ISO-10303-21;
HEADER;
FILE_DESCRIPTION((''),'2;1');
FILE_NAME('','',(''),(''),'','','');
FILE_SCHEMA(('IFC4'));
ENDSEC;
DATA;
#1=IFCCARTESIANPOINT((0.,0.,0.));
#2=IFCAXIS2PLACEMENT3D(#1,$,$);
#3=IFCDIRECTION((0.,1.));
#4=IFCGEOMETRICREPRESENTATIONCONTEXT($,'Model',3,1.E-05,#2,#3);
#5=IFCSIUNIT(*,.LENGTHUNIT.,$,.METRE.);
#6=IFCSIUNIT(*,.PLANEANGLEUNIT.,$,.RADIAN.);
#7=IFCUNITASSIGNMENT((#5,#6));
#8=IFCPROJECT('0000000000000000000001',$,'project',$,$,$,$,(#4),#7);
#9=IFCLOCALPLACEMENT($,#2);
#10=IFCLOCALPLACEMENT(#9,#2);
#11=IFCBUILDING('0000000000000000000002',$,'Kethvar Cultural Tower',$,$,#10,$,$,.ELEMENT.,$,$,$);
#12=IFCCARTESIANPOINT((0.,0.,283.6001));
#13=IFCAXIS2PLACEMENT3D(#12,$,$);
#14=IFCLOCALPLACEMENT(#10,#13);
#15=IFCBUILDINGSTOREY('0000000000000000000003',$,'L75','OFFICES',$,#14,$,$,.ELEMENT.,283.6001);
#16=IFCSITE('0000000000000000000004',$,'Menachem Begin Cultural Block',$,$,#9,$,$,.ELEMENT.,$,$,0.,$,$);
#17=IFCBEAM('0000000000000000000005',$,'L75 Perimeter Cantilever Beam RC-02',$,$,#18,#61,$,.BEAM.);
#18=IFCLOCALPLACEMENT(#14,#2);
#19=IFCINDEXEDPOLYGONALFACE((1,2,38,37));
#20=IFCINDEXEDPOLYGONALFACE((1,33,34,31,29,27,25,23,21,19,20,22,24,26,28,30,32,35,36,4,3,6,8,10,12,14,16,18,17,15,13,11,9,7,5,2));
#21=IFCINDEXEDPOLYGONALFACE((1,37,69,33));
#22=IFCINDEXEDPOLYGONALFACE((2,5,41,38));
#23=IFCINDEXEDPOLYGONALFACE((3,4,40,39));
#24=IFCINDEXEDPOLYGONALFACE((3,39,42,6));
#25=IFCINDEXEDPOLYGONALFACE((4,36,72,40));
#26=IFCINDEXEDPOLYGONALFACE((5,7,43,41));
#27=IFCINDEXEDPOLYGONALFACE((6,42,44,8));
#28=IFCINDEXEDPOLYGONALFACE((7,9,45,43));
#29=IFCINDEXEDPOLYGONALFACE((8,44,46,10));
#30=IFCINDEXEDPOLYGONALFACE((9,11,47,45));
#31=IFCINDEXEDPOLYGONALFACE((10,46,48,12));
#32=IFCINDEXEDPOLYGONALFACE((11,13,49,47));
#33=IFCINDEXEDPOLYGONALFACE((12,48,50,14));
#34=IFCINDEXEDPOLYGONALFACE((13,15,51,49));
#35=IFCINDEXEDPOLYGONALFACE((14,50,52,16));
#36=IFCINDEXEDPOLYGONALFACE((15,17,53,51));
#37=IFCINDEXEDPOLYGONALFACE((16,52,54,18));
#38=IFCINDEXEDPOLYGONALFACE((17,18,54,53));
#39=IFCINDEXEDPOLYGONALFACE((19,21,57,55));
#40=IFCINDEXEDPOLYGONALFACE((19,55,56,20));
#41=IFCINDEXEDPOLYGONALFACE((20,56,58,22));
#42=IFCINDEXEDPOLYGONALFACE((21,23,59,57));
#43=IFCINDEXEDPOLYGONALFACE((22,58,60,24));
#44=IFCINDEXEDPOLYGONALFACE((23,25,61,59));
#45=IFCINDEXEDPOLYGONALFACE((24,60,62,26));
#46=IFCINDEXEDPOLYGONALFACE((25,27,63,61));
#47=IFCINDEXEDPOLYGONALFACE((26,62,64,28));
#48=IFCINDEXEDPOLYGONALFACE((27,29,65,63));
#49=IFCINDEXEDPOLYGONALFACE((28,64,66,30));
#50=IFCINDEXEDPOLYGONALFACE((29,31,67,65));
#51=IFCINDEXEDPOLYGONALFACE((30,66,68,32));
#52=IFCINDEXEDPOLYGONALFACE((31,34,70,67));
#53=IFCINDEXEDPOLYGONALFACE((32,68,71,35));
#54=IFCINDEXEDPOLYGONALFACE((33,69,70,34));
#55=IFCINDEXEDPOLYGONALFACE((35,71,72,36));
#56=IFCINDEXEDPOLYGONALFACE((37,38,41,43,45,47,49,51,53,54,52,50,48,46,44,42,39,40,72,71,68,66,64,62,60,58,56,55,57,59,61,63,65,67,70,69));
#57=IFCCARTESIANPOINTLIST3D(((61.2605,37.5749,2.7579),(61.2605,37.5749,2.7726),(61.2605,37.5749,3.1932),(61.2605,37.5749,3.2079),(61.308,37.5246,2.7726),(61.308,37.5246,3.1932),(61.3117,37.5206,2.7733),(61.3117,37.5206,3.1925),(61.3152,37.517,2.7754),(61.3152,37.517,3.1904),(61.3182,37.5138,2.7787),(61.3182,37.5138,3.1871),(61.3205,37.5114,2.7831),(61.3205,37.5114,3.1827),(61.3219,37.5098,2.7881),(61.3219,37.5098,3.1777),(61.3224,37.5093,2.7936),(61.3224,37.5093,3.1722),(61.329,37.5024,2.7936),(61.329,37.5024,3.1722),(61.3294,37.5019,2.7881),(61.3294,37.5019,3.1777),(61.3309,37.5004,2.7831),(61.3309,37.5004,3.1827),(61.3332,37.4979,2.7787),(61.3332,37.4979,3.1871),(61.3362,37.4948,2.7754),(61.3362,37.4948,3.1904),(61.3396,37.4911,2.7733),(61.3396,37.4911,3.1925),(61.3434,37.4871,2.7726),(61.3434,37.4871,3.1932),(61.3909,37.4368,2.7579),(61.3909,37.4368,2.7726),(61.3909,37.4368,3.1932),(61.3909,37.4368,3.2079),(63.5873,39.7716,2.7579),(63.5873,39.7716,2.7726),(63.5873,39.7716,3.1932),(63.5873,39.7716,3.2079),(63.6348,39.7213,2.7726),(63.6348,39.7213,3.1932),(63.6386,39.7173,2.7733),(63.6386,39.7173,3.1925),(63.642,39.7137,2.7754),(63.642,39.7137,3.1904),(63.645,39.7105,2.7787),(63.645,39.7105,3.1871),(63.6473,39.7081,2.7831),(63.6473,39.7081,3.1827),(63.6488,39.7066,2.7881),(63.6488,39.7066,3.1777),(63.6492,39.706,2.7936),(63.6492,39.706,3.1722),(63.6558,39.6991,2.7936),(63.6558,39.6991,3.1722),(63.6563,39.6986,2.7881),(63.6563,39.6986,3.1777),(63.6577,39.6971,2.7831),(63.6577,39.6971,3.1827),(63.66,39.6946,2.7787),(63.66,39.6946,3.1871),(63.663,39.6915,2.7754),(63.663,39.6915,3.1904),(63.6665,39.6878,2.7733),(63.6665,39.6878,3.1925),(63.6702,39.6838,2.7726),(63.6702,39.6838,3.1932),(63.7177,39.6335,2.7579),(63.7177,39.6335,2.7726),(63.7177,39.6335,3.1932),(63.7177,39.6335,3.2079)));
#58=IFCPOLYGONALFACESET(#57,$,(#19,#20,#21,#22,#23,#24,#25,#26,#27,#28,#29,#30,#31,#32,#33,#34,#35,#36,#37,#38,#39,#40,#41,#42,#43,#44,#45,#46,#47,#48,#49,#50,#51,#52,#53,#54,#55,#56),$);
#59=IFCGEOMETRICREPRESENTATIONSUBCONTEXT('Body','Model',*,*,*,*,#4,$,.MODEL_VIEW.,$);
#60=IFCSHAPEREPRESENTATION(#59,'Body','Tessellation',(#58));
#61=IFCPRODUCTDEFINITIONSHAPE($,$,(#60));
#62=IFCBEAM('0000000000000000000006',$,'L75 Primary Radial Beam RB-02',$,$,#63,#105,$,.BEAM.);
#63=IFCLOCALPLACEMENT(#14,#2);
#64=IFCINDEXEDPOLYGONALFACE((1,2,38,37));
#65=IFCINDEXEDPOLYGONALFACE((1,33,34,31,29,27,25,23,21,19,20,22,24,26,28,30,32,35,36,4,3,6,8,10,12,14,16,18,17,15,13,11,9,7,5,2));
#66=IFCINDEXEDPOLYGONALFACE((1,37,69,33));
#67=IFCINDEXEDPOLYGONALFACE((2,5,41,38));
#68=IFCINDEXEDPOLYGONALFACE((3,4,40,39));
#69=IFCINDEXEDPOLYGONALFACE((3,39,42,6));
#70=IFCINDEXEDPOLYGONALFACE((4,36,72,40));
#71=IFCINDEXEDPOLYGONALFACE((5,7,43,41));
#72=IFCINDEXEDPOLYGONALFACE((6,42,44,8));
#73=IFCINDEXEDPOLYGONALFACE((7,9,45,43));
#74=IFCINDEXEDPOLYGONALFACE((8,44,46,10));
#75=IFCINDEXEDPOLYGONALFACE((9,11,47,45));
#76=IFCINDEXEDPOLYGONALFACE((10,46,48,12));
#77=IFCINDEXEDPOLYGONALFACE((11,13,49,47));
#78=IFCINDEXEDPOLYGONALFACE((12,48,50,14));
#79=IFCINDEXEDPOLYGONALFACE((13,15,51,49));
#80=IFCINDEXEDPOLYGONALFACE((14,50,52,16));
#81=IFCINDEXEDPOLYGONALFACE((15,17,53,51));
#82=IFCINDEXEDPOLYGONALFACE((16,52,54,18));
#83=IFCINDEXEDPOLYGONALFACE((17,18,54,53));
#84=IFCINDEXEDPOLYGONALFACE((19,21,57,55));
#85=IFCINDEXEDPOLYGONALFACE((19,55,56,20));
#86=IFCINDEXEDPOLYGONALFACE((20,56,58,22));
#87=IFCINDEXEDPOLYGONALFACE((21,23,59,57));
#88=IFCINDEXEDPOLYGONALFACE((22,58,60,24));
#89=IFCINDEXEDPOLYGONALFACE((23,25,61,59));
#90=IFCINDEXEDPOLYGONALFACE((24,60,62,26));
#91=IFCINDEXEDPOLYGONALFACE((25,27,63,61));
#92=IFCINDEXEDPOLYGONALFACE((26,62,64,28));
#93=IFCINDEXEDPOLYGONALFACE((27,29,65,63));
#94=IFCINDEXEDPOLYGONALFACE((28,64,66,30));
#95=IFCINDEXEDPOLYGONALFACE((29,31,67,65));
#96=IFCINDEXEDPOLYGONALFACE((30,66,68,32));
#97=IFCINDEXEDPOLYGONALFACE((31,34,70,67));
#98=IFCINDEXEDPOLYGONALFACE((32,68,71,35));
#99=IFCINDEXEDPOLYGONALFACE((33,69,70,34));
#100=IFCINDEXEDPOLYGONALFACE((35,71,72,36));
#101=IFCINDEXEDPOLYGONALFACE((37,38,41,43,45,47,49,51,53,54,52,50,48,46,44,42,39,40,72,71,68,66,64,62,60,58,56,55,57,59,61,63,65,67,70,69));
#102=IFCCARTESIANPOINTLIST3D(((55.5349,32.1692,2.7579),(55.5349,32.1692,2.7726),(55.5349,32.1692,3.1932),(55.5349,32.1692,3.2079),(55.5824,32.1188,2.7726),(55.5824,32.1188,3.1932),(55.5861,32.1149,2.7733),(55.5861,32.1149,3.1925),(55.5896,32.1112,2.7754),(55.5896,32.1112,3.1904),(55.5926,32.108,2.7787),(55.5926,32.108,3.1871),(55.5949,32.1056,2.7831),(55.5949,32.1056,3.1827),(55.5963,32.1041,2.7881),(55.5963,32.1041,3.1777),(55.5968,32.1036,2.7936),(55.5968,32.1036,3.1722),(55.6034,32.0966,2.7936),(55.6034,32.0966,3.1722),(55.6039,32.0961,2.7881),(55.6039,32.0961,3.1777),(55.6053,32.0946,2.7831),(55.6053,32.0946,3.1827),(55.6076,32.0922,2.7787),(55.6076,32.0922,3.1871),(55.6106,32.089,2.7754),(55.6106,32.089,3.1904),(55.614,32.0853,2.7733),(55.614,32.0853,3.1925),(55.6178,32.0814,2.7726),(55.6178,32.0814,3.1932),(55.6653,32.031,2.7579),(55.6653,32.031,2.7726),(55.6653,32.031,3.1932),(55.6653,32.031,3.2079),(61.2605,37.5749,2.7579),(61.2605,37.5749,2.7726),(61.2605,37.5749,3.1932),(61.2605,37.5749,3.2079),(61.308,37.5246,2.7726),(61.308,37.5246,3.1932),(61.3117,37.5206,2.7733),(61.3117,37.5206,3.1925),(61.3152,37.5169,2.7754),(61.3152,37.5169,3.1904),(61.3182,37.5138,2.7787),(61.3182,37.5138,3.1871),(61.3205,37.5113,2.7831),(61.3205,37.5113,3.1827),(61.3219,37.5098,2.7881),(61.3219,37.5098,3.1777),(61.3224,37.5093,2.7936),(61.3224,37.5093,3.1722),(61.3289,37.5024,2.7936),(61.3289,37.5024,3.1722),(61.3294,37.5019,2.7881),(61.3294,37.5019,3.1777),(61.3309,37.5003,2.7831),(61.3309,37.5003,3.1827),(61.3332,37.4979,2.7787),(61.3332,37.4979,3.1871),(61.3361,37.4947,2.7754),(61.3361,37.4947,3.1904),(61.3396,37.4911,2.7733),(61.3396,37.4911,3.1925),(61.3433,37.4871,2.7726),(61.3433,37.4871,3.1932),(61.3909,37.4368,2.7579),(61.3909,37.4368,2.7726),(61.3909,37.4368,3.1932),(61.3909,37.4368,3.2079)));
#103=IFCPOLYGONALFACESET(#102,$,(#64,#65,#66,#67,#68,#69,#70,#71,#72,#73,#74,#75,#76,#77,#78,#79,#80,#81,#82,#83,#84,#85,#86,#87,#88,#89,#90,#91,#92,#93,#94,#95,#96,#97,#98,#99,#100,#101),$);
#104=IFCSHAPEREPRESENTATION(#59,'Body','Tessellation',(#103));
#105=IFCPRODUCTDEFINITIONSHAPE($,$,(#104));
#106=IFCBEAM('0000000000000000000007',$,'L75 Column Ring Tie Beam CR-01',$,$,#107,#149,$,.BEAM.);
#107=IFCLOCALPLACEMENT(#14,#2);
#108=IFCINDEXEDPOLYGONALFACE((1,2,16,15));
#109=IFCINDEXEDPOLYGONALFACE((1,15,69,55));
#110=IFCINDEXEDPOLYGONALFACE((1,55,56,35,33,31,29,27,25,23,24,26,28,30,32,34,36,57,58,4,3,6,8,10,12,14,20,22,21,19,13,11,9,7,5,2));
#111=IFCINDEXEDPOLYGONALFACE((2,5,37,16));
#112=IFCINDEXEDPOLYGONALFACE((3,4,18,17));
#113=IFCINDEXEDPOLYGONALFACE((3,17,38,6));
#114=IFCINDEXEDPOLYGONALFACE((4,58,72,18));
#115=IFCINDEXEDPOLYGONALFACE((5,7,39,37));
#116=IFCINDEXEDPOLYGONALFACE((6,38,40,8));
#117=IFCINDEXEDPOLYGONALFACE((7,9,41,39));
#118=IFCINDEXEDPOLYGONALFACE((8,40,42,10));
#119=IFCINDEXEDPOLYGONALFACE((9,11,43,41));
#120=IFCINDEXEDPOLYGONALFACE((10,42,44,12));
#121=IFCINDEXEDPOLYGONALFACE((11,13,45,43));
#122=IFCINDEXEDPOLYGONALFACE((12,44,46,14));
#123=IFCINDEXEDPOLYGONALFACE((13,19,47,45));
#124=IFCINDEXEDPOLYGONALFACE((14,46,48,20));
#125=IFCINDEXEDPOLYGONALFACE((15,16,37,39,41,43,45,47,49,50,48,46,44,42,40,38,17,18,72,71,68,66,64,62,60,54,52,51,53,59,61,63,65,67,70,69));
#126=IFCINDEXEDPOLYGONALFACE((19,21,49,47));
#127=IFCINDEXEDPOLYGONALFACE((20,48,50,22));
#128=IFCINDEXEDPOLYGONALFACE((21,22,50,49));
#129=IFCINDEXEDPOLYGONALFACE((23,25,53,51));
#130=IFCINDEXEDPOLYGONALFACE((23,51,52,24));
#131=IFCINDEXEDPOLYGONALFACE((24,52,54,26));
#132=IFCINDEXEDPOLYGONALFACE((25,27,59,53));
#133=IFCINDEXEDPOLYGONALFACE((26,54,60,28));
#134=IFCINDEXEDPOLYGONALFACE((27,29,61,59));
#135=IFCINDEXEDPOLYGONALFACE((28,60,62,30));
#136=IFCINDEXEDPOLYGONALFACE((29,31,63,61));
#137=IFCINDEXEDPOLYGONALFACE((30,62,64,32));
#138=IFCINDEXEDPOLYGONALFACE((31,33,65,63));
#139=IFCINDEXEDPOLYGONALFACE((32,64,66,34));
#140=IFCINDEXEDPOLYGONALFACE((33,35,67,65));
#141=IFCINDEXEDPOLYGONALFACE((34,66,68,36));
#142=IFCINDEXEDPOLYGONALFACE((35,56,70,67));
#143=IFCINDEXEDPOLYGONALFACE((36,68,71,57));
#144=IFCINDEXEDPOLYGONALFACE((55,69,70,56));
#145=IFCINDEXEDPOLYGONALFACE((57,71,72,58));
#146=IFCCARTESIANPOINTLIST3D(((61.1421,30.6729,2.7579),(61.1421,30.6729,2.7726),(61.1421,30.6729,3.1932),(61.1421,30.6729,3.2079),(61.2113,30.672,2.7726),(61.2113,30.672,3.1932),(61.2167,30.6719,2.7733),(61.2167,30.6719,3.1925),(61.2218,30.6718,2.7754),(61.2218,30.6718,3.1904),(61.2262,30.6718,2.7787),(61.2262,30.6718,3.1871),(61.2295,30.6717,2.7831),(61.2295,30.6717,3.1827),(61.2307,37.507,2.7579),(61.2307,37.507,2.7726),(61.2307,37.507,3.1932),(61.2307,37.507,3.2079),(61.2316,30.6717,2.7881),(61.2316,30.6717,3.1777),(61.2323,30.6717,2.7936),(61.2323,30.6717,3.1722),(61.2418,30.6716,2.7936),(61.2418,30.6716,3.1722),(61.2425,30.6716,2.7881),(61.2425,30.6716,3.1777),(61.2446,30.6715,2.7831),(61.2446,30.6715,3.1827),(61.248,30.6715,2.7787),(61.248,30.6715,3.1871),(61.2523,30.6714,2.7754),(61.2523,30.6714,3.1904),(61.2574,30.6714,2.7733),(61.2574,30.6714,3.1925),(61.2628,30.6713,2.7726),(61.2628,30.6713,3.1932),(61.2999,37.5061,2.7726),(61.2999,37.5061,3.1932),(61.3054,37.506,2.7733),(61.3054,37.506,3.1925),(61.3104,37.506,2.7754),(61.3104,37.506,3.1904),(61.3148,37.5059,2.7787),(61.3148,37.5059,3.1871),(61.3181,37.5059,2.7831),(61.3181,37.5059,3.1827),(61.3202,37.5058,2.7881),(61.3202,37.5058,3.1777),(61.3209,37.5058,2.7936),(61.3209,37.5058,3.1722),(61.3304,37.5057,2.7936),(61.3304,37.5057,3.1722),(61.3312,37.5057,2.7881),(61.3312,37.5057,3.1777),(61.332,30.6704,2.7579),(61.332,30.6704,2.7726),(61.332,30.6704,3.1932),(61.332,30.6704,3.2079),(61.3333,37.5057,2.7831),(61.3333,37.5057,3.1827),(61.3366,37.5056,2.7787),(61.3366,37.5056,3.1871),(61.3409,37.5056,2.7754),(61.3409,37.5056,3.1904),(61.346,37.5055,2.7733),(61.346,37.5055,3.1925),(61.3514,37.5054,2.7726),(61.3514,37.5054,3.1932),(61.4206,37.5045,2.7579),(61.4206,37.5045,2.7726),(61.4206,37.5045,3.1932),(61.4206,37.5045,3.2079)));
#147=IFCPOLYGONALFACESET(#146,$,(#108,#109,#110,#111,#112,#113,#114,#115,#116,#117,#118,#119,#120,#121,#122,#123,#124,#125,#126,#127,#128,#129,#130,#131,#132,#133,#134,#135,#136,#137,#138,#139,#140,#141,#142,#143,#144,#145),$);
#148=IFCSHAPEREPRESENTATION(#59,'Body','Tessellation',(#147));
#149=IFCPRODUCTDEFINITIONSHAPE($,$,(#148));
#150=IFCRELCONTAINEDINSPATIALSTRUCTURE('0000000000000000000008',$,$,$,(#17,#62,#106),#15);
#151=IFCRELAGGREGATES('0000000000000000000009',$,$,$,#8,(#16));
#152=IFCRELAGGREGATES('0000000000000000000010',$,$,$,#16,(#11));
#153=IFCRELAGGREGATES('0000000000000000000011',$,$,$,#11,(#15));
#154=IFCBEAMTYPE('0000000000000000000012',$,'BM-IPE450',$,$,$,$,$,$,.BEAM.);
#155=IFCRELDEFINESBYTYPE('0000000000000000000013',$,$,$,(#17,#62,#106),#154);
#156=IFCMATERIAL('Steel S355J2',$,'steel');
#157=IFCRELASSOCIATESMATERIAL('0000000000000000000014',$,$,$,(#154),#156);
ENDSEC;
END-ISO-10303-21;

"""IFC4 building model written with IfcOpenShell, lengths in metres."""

from ifc_helpers import new_model, si_unit, direction, frame, origin, origin_2d, place, context, subcontext, project, spatial, i_section, extrude, source, transform, mapped, material, material_profile, profile_set, type_object, element, save


model = new_model("IFC4")

# Units and contexts
model_context = context("Model", 3, precision=1e-05, world=origin(), true_north=direction((0.0, 1.0)))
body_context = subcontext(model_context, "Body", "Model", "MODEL_VIEW")
ifc_project = project(units=[si_unit("LENGTHUNIT", "METRE"), si_unit("PLANEANGLEUNIT", "RADIAN")], contexts=[model_context])

# Site, building, storey
site_placement = place(None, origin())
site = spatial("IfcSite", under=ifc_project, at=site_placement, Name="Menachem Begin Cultural Block", CompositionType="ELEMENT", RefElevation=0.0)
building_placement = place(site_placement, origin())
building = spatial("IfcBuilding", under=site, at=building_placement, Name="Kethvar Cultural Tower", CompositionType="ELEMENT")
storey_placement = place(building_placement, frame((0.0, 0.0, 283.6001)))
storey = spatial("IfcBuildingStorey", under=building, at=storey_placement, Name="L75", Description="OFFICES", CompositionType="ELEMENT", Elevation=283.6001)

# Shared definitions
ifc_material_1 = material(Name="Steel S355J2", Category="steel")

# Beams
ifc_material_profile_1 = material_profile(ifc_material_1, i_section(OverallWidth=0.1899, OverallDepth=0.45, WebThickness=0.0095, FlangeThickness=0.0146, FilletRadius=0.021, at=origin_2d()), Name="Steel S355J2 — IPE450")
ifc_profile_set_1 = profile_set([ifc_material_profile_1], Name="Steel S355J2 — IPE450")
beam_type_1 = type_object("IfcBeamType", Name="BM-IPE450", PredefinedType="BEAM", material=ifc_profile_set_1)
shared_shape_1 = source(origin(), body_context, "Body", "SweptSolid", [
    extrude(i_section(OverallWidth=0.1899, OverallDepth=0.45, WebThickness=0.0095, FlangeThickness=0.0146, FilletRadius=0.021, at=origin_2d()), origin(), (0.0, 0.0, 1.0), 3.2),
])
for number, where, z_axis, x_axis, name in (
    (1, (61.3257, 37.5059, 2.9829), (0.727146, 0.686482, 0.0), (-0.686482, 0.727146, 0.0), "L75 Perimeter Cantilever Beam RC-02"),
):
    element("IfcBeam", number, at=place(storey_placement, frame(where, z_axis=z_axis, x_axis=x_axis)), inside=storey, type_object=beam_type_1, Name=name, PredefinedType="BEAM", context=body_context, shape_type="MappedRepresentation", body=[
        mapped(shared_shape_1, transform((0.0, 0.0, 0.0), scale=1.0)),
    ])
shared_shape_2 = source(origin(), body_context, "Body", "SweptSolid", [
    extrude(i_section(OverallWidth=0.1899, OverallDepth=0.45, WebThickness=0.0095, FlangeThickness=0.0146, FilletRadius=0.021, at=origin_2d()), origin(), (0.0, 0.0, 1.0), 7.8743),
])
beam_1_placement = place(storey_placement, frame((55.6001, 32.1001, 2.9829), z_axis=(0.727123, 0.686507, 0.0), x_axis=(-0.686507, 0.727123, 0.0)))
element("IfcBeam", 2, at=beam_1_placement, inside=storey, type_object=beam_type_1, Name="L75 Primary Radial Beam RB-02", PredefinedType="BEAM", context=body_context, shape_type="MappedRepresentation", body=[
    mapped(shared_shape_2, transform((0.0, 0.0, 0.0), scale=1.0)),
])
shared_shape_3 = source(origin(), body_context, "Body", "SweptSolid", [
    extrude(i_section(OverallWidth=0.1899, OverallDepth=0.45, WebThickness=0.0095, FlangeThickness=0.0146, FilletRadius=0.021, at=origin_2d()), origin(), (0.0, 0.0, 1.0), 6.8347),
])
beam_2_placement = place(storey_placement, frame((61.2371, 30.6716, 2.9829), z_axis=(0.012966, 0.999916, 0.0), x_axis=(-0.999916, 0.012966, 0.0)))
element("IfcBeam", 3, at=beam_2_placement, inside=storey, type_object=beam_type_1, Name="L75 Column Ring Tie Beam CR-01", PredefinedType="BEAM", context=body_context, shape_type="MappedRepresentation", body=[
    mapped(shared_shape_3, transform((0.0, 0.0, 0.0), scale=1.0)),
])

save(model, "model.ifc")
